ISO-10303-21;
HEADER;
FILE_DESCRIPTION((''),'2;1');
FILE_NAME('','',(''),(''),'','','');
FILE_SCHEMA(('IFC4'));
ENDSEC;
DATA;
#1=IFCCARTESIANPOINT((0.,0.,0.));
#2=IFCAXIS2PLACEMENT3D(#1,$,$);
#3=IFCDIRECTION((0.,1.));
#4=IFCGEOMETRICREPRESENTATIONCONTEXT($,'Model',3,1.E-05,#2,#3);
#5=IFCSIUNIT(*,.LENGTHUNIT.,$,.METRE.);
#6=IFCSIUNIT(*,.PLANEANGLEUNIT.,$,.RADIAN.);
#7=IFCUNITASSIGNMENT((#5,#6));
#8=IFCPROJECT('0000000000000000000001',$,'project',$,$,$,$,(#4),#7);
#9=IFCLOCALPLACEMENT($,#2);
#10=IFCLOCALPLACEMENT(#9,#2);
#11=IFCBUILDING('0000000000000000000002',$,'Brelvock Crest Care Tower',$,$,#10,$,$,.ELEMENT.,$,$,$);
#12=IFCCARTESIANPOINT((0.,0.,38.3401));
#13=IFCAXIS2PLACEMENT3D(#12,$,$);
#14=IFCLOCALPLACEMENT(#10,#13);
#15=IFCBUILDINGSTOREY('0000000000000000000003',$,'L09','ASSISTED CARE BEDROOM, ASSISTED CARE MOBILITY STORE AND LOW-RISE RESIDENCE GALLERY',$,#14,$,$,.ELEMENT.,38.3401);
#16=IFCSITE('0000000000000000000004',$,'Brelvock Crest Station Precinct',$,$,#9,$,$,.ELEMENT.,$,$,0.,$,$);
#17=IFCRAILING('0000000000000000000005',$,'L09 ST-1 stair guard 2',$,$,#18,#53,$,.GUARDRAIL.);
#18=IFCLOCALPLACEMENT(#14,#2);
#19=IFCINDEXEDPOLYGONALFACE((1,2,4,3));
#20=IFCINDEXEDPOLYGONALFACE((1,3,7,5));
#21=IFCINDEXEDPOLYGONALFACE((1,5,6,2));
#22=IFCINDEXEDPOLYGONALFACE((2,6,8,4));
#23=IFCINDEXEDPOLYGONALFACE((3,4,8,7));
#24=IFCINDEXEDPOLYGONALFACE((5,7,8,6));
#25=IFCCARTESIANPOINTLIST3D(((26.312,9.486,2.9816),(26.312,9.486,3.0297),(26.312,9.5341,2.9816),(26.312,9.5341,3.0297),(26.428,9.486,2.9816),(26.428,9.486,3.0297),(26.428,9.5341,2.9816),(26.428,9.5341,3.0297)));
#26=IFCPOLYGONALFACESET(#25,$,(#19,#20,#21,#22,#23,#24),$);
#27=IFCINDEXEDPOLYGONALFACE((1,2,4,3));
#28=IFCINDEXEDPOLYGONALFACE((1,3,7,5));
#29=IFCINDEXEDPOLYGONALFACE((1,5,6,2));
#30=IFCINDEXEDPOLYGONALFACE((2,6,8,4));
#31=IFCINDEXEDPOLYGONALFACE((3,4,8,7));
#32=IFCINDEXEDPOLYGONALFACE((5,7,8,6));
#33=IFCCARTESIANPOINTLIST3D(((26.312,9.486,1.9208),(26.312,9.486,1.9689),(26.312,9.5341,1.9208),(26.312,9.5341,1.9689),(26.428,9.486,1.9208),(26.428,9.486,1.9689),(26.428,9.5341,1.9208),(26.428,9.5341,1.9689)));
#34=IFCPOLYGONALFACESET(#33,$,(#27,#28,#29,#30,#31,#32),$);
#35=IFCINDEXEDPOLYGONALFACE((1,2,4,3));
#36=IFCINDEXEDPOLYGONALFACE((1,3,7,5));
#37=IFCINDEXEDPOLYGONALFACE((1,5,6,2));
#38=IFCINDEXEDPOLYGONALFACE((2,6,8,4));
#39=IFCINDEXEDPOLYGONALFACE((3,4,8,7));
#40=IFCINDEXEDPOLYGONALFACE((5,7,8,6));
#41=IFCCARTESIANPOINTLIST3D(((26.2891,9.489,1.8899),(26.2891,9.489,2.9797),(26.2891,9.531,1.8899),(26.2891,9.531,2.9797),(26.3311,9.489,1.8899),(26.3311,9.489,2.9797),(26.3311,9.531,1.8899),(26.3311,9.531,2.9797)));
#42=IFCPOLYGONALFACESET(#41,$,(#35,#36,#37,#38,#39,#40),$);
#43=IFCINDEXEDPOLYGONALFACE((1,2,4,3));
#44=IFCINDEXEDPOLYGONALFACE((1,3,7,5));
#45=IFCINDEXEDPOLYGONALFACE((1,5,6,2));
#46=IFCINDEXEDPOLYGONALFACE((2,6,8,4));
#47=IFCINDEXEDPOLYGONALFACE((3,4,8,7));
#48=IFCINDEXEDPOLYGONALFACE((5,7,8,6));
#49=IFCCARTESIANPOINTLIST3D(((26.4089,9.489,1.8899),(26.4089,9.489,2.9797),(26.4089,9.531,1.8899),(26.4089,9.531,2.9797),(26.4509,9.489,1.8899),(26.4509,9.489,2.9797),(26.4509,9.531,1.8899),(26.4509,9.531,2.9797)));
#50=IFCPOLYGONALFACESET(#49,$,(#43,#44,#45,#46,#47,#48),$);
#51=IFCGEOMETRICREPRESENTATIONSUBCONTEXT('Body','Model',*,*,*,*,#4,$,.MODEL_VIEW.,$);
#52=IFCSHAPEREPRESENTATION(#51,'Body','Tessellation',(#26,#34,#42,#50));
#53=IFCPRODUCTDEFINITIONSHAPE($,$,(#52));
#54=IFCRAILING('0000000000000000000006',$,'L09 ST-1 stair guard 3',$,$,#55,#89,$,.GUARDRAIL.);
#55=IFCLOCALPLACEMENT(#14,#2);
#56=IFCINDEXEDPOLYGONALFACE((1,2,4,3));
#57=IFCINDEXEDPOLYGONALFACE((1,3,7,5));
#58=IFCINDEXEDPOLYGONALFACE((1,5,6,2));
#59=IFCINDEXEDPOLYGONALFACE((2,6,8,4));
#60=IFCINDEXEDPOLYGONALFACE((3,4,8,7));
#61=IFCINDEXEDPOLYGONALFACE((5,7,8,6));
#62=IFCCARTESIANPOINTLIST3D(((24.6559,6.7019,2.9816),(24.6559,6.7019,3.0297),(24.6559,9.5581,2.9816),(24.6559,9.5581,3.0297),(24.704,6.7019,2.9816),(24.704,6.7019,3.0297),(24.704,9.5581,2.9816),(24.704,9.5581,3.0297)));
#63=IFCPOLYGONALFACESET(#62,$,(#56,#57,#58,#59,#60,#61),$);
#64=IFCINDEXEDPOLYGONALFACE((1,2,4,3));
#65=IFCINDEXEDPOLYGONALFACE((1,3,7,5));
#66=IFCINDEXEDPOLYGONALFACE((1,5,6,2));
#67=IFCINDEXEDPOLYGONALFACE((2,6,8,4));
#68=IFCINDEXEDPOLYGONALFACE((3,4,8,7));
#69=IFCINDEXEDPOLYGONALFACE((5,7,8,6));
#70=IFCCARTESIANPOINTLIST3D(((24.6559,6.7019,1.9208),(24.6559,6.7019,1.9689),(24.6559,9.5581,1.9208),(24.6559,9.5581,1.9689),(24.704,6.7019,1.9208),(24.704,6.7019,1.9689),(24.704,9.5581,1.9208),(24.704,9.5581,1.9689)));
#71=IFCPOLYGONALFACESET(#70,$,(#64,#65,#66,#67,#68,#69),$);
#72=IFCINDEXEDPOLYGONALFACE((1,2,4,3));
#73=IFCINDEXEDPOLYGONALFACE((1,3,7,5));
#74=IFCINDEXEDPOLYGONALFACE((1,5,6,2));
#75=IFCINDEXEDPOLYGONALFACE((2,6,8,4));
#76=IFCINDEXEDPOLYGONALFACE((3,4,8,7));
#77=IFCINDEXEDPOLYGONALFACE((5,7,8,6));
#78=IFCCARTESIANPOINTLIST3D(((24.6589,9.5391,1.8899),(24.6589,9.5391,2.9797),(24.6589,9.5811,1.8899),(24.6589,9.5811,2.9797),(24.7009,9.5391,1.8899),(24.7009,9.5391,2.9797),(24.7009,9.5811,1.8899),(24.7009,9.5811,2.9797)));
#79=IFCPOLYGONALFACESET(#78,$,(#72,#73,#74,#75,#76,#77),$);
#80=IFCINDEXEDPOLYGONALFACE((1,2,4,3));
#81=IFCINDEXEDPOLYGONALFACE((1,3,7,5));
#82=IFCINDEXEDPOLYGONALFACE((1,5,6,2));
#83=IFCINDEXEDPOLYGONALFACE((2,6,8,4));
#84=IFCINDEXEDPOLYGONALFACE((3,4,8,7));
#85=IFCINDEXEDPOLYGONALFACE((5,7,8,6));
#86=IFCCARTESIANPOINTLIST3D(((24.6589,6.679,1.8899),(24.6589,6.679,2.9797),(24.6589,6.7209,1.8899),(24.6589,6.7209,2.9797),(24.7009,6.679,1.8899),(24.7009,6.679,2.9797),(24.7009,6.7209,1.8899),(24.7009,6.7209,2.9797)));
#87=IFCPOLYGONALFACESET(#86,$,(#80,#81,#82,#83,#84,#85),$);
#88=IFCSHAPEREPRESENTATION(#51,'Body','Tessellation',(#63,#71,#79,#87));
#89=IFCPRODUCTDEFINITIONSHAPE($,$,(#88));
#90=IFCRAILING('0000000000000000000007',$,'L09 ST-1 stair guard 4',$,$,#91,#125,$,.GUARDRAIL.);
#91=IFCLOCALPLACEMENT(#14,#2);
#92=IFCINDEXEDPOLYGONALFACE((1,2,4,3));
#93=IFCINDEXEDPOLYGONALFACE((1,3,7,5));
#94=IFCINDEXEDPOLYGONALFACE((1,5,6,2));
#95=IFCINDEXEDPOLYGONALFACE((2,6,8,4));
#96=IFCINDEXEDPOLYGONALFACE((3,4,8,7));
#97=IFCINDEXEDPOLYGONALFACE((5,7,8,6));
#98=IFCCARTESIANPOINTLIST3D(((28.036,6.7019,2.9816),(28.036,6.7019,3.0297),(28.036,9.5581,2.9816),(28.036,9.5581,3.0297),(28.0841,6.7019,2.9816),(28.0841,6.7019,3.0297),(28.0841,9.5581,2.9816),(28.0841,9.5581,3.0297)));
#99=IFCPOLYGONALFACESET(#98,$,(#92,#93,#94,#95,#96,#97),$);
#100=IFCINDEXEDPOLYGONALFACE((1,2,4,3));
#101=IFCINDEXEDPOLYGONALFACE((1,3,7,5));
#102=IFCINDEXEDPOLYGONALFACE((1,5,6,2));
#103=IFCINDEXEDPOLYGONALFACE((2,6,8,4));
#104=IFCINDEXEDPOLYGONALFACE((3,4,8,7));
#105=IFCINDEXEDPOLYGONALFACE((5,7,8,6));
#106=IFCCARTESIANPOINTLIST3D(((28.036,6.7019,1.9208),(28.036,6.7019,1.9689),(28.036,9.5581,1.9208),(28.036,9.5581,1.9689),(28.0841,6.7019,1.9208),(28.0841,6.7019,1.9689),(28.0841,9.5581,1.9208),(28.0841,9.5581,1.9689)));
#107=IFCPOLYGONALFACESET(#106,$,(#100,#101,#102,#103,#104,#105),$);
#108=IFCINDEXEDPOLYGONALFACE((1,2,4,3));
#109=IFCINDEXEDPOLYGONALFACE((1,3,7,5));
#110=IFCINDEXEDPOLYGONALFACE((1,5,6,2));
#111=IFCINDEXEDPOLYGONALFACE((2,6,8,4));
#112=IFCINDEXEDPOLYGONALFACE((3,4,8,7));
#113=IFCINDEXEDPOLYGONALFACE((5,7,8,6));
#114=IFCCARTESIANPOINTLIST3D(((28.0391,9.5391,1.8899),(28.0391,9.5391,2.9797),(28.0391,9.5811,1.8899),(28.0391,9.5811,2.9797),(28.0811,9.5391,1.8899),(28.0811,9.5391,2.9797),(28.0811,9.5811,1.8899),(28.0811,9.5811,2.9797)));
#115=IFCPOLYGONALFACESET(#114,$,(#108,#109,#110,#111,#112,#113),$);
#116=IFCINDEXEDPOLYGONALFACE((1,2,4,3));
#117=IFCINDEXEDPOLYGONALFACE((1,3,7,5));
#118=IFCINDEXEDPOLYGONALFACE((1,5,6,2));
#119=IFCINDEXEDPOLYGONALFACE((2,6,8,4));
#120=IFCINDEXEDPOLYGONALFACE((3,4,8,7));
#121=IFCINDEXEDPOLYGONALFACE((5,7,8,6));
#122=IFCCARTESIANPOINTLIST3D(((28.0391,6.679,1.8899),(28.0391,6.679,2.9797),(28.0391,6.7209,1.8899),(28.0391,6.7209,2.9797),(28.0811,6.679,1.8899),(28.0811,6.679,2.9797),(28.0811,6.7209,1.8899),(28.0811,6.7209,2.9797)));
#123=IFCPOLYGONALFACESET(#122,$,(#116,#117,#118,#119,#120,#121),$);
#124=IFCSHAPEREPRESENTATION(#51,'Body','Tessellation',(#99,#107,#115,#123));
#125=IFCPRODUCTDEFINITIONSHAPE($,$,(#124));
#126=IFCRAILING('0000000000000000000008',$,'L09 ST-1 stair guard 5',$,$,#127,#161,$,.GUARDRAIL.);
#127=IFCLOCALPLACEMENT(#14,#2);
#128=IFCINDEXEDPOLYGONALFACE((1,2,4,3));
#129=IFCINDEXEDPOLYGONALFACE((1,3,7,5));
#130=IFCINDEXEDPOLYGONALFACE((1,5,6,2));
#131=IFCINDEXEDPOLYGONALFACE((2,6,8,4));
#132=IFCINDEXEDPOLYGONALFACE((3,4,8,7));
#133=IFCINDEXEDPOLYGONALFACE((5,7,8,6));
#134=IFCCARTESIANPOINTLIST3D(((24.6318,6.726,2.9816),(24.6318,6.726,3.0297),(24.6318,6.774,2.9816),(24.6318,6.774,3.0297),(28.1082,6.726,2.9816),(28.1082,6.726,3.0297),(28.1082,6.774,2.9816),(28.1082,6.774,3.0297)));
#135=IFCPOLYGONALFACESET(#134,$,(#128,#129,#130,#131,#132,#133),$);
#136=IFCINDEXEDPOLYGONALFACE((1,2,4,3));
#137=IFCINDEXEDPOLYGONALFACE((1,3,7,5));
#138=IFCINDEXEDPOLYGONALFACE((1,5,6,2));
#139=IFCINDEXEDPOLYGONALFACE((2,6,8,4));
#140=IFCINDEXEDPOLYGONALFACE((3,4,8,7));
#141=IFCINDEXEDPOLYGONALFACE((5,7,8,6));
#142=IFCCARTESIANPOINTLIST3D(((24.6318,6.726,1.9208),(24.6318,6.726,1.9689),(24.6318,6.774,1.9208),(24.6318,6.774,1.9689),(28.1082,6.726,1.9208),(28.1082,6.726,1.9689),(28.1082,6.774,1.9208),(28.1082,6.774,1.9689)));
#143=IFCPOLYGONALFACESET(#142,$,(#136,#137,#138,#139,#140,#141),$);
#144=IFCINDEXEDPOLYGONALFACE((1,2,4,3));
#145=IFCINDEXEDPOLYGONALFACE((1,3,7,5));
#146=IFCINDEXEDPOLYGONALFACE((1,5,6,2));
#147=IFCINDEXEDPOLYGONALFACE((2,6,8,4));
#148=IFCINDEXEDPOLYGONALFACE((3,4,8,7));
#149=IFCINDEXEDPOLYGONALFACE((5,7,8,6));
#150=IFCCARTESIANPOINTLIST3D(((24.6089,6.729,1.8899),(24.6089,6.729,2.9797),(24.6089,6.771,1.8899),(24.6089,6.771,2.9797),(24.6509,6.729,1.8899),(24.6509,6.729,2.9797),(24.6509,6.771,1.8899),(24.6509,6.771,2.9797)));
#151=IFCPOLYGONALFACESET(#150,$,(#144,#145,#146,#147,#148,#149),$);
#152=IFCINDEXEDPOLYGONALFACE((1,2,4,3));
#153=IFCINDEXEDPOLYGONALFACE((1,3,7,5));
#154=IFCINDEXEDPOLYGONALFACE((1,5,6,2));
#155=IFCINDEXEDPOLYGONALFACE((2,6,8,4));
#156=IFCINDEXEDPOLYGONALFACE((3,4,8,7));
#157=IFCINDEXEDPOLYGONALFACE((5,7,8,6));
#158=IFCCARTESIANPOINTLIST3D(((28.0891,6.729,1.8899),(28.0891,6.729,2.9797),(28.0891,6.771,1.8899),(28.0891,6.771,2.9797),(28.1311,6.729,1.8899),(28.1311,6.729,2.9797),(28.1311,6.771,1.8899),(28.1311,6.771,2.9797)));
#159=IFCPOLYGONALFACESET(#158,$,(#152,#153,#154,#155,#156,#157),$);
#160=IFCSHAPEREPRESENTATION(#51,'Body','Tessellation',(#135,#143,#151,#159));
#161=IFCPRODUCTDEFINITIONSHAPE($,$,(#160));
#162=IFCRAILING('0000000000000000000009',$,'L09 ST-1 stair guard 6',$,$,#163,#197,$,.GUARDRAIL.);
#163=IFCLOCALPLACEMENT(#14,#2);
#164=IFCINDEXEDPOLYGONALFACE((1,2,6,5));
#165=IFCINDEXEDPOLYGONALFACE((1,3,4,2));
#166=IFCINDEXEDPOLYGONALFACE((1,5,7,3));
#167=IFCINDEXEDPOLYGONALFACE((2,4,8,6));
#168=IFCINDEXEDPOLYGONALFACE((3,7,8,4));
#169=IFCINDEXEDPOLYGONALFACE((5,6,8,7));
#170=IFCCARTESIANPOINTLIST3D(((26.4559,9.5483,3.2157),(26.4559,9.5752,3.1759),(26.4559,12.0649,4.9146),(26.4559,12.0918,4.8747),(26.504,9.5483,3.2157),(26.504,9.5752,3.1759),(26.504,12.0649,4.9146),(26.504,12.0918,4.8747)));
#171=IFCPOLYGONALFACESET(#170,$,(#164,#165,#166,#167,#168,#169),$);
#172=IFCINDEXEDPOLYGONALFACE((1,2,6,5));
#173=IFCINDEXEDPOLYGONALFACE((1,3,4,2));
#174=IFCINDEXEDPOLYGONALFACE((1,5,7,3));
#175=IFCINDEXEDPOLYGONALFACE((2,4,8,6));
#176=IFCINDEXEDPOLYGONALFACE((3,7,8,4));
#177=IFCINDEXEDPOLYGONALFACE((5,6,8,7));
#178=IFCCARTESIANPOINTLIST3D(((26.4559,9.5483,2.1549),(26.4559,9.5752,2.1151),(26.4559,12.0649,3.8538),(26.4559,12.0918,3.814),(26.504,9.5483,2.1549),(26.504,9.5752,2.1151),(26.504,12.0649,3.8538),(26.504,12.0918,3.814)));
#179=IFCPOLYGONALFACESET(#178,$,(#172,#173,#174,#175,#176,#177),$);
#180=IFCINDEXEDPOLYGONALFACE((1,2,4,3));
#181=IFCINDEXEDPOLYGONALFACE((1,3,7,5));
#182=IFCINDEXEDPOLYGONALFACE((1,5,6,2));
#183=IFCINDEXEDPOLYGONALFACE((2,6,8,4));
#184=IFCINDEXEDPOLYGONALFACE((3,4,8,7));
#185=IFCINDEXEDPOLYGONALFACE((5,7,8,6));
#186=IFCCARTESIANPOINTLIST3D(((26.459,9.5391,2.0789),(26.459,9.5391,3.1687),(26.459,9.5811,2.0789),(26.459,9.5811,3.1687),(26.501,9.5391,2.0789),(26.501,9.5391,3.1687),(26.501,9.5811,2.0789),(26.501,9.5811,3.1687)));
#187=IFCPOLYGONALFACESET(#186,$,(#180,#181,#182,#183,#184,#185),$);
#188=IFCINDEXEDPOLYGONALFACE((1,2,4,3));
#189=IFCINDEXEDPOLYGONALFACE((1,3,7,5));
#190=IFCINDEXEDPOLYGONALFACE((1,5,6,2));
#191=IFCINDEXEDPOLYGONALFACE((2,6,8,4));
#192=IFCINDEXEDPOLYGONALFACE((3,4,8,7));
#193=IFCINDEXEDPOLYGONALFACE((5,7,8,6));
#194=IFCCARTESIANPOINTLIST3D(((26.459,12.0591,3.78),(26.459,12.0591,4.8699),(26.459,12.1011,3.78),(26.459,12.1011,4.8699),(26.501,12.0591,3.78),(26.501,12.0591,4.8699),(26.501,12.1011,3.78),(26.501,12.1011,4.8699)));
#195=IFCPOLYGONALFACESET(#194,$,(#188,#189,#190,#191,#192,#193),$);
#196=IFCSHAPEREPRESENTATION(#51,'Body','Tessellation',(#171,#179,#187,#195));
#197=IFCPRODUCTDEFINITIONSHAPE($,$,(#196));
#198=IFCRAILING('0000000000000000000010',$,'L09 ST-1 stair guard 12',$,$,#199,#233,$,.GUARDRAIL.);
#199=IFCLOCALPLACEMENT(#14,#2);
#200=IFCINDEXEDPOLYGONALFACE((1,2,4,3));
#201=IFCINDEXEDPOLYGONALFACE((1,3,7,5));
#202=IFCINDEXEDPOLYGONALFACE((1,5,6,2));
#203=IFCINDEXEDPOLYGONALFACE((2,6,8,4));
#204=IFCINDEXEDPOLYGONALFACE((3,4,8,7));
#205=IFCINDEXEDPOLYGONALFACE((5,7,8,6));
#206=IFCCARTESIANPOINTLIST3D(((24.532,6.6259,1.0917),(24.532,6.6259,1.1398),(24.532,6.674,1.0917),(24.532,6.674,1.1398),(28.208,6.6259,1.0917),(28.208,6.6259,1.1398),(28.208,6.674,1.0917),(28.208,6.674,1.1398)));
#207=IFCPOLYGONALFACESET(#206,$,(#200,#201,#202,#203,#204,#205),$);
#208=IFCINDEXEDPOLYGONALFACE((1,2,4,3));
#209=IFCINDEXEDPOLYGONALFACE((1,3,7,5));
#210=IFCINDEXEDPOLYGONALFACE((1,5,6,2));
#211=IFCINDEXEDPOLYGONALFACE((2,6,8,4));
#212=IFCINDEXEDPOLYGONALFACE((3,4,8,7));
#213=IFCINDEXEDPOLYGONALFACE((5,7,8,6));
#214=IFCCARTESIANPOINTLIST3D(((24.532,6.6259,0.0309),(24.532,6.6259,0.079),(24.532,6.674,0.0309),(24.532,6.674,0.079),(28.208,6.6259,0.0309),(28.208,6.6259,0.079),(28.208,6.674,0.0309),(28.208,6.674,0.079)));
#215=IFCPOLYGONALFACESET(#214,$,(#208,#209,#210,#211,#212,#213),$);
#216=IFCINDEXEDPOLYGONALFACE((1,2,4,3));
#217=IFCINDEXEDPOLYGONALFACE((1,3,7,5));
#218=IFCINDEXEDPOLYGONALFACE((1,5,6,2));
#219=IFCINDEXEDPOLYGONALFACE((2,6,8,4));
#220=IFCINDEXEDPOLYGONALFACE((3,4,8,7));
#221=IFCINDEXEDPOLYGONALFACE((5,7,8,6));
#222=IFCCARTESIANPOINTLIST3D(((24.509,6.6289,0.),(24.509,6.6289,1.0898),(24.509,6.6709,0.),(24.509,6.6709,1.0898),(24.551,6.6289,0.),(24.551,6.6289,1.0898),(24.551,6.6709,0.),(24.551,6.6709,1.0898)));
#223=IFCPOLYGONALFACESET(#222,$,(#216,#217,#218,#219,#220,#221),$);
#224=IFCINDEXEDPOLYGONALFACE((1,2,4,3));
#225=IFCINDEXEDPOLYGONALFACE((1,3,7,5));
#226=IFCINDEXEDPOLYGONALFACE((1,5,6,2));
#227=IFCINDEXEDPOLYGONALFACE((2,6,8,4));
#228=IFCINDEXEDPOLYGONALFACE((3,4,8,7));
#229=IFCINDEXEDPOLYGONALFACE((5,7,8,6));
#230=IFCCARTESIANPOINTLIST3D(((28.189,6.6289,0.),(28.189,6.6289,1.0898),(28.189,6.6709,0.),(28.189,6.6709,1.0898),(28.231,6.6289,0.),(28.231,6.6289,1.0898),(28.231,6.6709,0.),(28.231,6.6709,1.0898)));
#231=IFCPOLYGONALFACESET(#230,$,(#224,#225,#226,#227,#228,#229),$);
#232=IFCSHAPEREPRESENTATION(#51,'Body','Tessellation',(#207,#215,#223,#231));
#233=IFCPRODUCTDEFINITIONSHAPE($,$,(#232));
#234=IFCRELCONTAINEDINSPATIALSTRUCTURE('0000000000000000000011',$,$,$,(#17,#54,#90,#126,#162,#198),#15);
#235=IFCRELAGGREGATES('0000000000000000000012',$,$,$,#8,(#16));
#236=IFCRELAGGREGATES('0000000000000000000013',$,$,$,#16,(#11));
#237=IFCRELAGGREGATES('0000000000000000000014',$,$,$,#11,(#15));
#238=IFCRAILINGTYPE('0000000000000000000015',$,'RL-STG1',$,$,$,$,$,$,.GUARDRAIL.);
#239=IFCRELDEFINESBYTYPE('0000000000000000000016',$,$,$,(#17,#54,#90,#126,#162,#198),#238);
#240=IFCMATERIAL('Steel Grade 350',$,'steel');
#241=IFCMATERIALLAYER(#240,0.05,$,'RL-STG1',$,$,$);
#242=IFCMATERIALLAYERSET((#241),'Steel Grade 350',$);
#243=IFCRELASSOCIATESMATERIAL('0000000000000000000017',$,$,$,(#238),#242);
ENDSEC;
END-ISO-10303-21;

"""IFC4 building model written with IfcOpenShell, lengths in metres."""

from ifc_helpers import new_model, si_unit, direction, frame, origin, origin_2d, place, context, subcontext, project, spatial, rectangle, extrude, material, layer, layer_set, type_object, element, save


model = new_model("IFC4")

# Units and contexts
model_context = context("Model", 3, precision=1e-05, world=origin(), true_north=direction((0.0, 1.0)))
body_context = subcontext(model_context, "Body", "Model", "MODEL_VIEW")
ifc_project = project(units=[si_unit("LENGTHUNIT", "METRE"), si_unit("PLANEANGLEUNIT", "RADIAN")], contexts=[model_context])

# Site, building, storey
site_placement = place(None, origin())
site = spatial("IfcSite", under=ifc_project, at=site_placement, Name="Brelvock Crest Station Precinct", CompositionType="ELEMENT", RefElevation=0.0)
building_placement = place(site_placement, origin())
building = spatial("IfcBuilding", under=site, at=building_placement, Name="Brelvock Crest Care Tower", CompositionType="ELEMENT")
storey_placement = place(building_placement, frame((0.0, 0.0, 38.3401)))
storey = spatial("IfcBuildingStorey", under=building, at=storey_placement, Name="L09", Description="ASSISTED CARE BEDROOM, ASSISTED CARE MOBILITY STORE AND LOW-RISE RESIDENCE GALLERY", CompositionType="ELEMENT", Elevation=38.3401)

# Shared definitions
ifc_material_1 = material(Name="Steel Grade 350", Category="steel")

# Railings
ifc_layer_1 = layer(ifc_material_1, 0.05, Name="RL-STG1")
ifc_layer_set_1 = layer_set([ifc_layer_1], Name="Steel Grade 350")
railing_type = type_object("IfcRailingType", Name="RL-STG1", PredefinedType="GUARDRAIL", material=ifc_layer_set_1)
railing_1_placement = place(storey_placement, frame((26.3101, 9.51, 1.8899)))
element("IfcRailing", 1, at=railing_1_placement, inside=storey, type_object=railing_type, Name="L09 ST-1 stair guard 2", PredefinedType="GUARDRAIL", context=body_context, shape_type="SweptSolid", body=[
    extrude(rectangle(XDim=0.0481, YDim=0.0481, at=origin_2d()), frame((0.002, 0.0, 1.1157), z_axis=(1.0, 0.0, 0.0), x_axis=(0.0, 1.0, 0.0)), (0.0, 0.0, 1.0), 0.116),
    extrude(rectangle(XDim=0.0481, YDim=0.0481, at=origin_2d()), frame((0.002, 0.0, 0.0549), z_axis=(1.0, 0.0, 0.0), x_axis=(0.0, 1.0, 0.0)), (0.0, 0.0, 1.0), 0.116),
    extrude(rectangle(XDim=0.042, YDim=0.042, at=origin_2d()), origin(), (0.0, 0.0, 1.0), 1.0898),
    extrude(rectangle(XDim=0.042, YDim=0.042, at=origin_2d()), frame((0.1199, 0.0, 0.0)), (0.0, 0.0, 1.0), 1.0898),
])
for number, where, name in (
    (2, (24.6799, 9.5601, 1.8899), "L09 ST-1 stair guard 3"),
    (3, (28.0601, 9.5601, 1.8899), "L09 ST-1 stair guard 4"),
):
    element("IfcRailing", number, at=place(storey_placement, frame(where)), inside=storey, type_object=railing_type, Name=name, PredefinedType="GUARDRAIL", context=body_context, shape_type="SweptSolid", body=[
        extrude(rectangle(XDim=0.0481, YDim=0.0481, at=origin_2d()), frame((0.0, -0.002, 1.1157), z_axis=(0.0, -1.0, 0.0), x_axis=(1.0, 0.0, 0.0)), (0.0, 0.0, 1.0), 2.8562),
        extrude(rectangle(XDim=0.0481, YDim=0.0481, at=origin_2d()), frame((0.0, -0.002, 0.0549), z_axis=(0.0, -1.0, 0.0), x_axis=(1.0, 0.0, 0.0)), (0.0, 0.0, 1.0), 2.8562),
        extrude(rectangle(XDim=0.042, YDim=0.042, at=origin_2d()), origin(), (0.0, 0.0, 1.0), 1.0898),
        extrude(rectangle(XDim=0.042, YDim=0.042, at=origin_2d()), frame((0.0, -2.8601, 0.0)), (0.0, 0.0, 1.0), 1.0898),
    ])
railing_2_placement = place(storey_placement, frame((24.6299, 6.75, 1.8899)))
element("IfcRailing", 4, at=railing_2_placement, inside=storey, type_object=railing_type, Name="L09 ST-1 stair guard 5", PredefinedType="GUARDRAIL", context=body_context, shape_type="SweptSolid", body=[
    extrude(rectangle(XDim=0.0481, YDim=0.0481, at=origin_2d()), frame((0.002, 0.0, 1.1157), z_axis=(1.0, 0.0, 0.0), x_axis=(0.0, 1.0, 0.0)), (0.0, 0.0, 1.0), 3.4763),
    extrude(rectangle(XDim=0.0481, YDim=0.0481, at=origin_2d()), frame((0.002, 0.0, 0.0549), z_axis=(1.0, 0.0, 0.0), x_axis=(0.0, 1.0, 0.0)), (0.0, 0.0, 1.0), 3.4763),
    extrude(rectangle(XDim=0.042, YDim=0.042, at=origin_2d()), origin(), (0.0, 0.0, 1.0), 1.0898),
    extrude(rectangle(XDim=0.042, YDim=0.042, at=origin_2d()), frame((3.4802, 0.0, 0.0)), (0.0, 0.0, 1.0), 1.0898),
])
railing_3_placement = place(storey_placement, frame((26.48, 9.5601, 2.0789)))
element("IfcRailing", 5, at=railing_3_placement, inside=storey, type_object=railing_type, Name="L09 ST-1 stair guard 6", PredefinedType="GUARDRAIL", context=body_context, shape_type="SweptSolid", body=[
    extrude(rectangle(XDim=0.0481, YDim=0.0481, at=origin_2d()), frame((0.0, 0.0017, 1.1169), z_axis=(0.0, 0.828824, 0.559509), x_axis=(-1.0, 0.0, 0.0)), (0.0, 0.0, 1.0), 3.0364),
    extrude(rectangle(XDim=0.0481, YDim=0.0481, at=origin_2d()), frame((0.0, 0.0017, 0.0562), z_axis=(0.0, 0.828824, 0.559509), x_axis=(-1.0, 0.0, 0.0)), (0.0, 0.0, 1.0), 3.0364),
    extrude(rectangle(XDim=0.042, YDim=0.042, at=origin_2d()), origin(), (0.0, 0.0, 1.0), 1.0898),
    extrude(rectangle(XDim=0.042, YDim=0.042, at=origin_2d()), frame((0.0, 2.52, 1.7012)), (0.0, 0.0, 1.0), 1.0898),
])
railing_4_placement = place(storey_placement, frame((24.53, 6.6499, 0.0)))
element("IfcRailing", 6, at=railing_4_placement, inside=storey, type_object=railing_type, Name="L09 ST-1 stair guard 12", PredefinedType="GUARDRAIL", context=body_context, shape_type="SweptSolid", body=[
    extrude(rectangle(XDim=0.0481, YDim=0.0481, at=origin_2d()), frame((0.002, 0.0, 1.1157), z_axis=(1.0, 0.0, 0.0), x_axis=(0.0, 1.0, 0.0)), (0.0, 0.0, 1.0), 3.676),
    extrude(rectangle(XDim=0.0481, YDim=0.0481, at=origin_2d()), frame((0.002, 0.0, 0.0549), z_axis=(1.0, 0.0, 0.0), x_axis=(0.0, 1.0, 0.0)), (0.0, 0.0, 1.0), 3.676),
    extrude(rectangle(XDim=0.042, YDim=0.042, at=origin_2d()), origin(), (0.0, 0.0, 1.0), 1.0898),
    extrude(rectangle(XDim=0.042, YDim=0.042, at=origin_2d()), frame((3.6799, 0.0, 0.0)), (0.0, 0.0, 1.0), 1.0898),
])

save(model, "model.ifc")
